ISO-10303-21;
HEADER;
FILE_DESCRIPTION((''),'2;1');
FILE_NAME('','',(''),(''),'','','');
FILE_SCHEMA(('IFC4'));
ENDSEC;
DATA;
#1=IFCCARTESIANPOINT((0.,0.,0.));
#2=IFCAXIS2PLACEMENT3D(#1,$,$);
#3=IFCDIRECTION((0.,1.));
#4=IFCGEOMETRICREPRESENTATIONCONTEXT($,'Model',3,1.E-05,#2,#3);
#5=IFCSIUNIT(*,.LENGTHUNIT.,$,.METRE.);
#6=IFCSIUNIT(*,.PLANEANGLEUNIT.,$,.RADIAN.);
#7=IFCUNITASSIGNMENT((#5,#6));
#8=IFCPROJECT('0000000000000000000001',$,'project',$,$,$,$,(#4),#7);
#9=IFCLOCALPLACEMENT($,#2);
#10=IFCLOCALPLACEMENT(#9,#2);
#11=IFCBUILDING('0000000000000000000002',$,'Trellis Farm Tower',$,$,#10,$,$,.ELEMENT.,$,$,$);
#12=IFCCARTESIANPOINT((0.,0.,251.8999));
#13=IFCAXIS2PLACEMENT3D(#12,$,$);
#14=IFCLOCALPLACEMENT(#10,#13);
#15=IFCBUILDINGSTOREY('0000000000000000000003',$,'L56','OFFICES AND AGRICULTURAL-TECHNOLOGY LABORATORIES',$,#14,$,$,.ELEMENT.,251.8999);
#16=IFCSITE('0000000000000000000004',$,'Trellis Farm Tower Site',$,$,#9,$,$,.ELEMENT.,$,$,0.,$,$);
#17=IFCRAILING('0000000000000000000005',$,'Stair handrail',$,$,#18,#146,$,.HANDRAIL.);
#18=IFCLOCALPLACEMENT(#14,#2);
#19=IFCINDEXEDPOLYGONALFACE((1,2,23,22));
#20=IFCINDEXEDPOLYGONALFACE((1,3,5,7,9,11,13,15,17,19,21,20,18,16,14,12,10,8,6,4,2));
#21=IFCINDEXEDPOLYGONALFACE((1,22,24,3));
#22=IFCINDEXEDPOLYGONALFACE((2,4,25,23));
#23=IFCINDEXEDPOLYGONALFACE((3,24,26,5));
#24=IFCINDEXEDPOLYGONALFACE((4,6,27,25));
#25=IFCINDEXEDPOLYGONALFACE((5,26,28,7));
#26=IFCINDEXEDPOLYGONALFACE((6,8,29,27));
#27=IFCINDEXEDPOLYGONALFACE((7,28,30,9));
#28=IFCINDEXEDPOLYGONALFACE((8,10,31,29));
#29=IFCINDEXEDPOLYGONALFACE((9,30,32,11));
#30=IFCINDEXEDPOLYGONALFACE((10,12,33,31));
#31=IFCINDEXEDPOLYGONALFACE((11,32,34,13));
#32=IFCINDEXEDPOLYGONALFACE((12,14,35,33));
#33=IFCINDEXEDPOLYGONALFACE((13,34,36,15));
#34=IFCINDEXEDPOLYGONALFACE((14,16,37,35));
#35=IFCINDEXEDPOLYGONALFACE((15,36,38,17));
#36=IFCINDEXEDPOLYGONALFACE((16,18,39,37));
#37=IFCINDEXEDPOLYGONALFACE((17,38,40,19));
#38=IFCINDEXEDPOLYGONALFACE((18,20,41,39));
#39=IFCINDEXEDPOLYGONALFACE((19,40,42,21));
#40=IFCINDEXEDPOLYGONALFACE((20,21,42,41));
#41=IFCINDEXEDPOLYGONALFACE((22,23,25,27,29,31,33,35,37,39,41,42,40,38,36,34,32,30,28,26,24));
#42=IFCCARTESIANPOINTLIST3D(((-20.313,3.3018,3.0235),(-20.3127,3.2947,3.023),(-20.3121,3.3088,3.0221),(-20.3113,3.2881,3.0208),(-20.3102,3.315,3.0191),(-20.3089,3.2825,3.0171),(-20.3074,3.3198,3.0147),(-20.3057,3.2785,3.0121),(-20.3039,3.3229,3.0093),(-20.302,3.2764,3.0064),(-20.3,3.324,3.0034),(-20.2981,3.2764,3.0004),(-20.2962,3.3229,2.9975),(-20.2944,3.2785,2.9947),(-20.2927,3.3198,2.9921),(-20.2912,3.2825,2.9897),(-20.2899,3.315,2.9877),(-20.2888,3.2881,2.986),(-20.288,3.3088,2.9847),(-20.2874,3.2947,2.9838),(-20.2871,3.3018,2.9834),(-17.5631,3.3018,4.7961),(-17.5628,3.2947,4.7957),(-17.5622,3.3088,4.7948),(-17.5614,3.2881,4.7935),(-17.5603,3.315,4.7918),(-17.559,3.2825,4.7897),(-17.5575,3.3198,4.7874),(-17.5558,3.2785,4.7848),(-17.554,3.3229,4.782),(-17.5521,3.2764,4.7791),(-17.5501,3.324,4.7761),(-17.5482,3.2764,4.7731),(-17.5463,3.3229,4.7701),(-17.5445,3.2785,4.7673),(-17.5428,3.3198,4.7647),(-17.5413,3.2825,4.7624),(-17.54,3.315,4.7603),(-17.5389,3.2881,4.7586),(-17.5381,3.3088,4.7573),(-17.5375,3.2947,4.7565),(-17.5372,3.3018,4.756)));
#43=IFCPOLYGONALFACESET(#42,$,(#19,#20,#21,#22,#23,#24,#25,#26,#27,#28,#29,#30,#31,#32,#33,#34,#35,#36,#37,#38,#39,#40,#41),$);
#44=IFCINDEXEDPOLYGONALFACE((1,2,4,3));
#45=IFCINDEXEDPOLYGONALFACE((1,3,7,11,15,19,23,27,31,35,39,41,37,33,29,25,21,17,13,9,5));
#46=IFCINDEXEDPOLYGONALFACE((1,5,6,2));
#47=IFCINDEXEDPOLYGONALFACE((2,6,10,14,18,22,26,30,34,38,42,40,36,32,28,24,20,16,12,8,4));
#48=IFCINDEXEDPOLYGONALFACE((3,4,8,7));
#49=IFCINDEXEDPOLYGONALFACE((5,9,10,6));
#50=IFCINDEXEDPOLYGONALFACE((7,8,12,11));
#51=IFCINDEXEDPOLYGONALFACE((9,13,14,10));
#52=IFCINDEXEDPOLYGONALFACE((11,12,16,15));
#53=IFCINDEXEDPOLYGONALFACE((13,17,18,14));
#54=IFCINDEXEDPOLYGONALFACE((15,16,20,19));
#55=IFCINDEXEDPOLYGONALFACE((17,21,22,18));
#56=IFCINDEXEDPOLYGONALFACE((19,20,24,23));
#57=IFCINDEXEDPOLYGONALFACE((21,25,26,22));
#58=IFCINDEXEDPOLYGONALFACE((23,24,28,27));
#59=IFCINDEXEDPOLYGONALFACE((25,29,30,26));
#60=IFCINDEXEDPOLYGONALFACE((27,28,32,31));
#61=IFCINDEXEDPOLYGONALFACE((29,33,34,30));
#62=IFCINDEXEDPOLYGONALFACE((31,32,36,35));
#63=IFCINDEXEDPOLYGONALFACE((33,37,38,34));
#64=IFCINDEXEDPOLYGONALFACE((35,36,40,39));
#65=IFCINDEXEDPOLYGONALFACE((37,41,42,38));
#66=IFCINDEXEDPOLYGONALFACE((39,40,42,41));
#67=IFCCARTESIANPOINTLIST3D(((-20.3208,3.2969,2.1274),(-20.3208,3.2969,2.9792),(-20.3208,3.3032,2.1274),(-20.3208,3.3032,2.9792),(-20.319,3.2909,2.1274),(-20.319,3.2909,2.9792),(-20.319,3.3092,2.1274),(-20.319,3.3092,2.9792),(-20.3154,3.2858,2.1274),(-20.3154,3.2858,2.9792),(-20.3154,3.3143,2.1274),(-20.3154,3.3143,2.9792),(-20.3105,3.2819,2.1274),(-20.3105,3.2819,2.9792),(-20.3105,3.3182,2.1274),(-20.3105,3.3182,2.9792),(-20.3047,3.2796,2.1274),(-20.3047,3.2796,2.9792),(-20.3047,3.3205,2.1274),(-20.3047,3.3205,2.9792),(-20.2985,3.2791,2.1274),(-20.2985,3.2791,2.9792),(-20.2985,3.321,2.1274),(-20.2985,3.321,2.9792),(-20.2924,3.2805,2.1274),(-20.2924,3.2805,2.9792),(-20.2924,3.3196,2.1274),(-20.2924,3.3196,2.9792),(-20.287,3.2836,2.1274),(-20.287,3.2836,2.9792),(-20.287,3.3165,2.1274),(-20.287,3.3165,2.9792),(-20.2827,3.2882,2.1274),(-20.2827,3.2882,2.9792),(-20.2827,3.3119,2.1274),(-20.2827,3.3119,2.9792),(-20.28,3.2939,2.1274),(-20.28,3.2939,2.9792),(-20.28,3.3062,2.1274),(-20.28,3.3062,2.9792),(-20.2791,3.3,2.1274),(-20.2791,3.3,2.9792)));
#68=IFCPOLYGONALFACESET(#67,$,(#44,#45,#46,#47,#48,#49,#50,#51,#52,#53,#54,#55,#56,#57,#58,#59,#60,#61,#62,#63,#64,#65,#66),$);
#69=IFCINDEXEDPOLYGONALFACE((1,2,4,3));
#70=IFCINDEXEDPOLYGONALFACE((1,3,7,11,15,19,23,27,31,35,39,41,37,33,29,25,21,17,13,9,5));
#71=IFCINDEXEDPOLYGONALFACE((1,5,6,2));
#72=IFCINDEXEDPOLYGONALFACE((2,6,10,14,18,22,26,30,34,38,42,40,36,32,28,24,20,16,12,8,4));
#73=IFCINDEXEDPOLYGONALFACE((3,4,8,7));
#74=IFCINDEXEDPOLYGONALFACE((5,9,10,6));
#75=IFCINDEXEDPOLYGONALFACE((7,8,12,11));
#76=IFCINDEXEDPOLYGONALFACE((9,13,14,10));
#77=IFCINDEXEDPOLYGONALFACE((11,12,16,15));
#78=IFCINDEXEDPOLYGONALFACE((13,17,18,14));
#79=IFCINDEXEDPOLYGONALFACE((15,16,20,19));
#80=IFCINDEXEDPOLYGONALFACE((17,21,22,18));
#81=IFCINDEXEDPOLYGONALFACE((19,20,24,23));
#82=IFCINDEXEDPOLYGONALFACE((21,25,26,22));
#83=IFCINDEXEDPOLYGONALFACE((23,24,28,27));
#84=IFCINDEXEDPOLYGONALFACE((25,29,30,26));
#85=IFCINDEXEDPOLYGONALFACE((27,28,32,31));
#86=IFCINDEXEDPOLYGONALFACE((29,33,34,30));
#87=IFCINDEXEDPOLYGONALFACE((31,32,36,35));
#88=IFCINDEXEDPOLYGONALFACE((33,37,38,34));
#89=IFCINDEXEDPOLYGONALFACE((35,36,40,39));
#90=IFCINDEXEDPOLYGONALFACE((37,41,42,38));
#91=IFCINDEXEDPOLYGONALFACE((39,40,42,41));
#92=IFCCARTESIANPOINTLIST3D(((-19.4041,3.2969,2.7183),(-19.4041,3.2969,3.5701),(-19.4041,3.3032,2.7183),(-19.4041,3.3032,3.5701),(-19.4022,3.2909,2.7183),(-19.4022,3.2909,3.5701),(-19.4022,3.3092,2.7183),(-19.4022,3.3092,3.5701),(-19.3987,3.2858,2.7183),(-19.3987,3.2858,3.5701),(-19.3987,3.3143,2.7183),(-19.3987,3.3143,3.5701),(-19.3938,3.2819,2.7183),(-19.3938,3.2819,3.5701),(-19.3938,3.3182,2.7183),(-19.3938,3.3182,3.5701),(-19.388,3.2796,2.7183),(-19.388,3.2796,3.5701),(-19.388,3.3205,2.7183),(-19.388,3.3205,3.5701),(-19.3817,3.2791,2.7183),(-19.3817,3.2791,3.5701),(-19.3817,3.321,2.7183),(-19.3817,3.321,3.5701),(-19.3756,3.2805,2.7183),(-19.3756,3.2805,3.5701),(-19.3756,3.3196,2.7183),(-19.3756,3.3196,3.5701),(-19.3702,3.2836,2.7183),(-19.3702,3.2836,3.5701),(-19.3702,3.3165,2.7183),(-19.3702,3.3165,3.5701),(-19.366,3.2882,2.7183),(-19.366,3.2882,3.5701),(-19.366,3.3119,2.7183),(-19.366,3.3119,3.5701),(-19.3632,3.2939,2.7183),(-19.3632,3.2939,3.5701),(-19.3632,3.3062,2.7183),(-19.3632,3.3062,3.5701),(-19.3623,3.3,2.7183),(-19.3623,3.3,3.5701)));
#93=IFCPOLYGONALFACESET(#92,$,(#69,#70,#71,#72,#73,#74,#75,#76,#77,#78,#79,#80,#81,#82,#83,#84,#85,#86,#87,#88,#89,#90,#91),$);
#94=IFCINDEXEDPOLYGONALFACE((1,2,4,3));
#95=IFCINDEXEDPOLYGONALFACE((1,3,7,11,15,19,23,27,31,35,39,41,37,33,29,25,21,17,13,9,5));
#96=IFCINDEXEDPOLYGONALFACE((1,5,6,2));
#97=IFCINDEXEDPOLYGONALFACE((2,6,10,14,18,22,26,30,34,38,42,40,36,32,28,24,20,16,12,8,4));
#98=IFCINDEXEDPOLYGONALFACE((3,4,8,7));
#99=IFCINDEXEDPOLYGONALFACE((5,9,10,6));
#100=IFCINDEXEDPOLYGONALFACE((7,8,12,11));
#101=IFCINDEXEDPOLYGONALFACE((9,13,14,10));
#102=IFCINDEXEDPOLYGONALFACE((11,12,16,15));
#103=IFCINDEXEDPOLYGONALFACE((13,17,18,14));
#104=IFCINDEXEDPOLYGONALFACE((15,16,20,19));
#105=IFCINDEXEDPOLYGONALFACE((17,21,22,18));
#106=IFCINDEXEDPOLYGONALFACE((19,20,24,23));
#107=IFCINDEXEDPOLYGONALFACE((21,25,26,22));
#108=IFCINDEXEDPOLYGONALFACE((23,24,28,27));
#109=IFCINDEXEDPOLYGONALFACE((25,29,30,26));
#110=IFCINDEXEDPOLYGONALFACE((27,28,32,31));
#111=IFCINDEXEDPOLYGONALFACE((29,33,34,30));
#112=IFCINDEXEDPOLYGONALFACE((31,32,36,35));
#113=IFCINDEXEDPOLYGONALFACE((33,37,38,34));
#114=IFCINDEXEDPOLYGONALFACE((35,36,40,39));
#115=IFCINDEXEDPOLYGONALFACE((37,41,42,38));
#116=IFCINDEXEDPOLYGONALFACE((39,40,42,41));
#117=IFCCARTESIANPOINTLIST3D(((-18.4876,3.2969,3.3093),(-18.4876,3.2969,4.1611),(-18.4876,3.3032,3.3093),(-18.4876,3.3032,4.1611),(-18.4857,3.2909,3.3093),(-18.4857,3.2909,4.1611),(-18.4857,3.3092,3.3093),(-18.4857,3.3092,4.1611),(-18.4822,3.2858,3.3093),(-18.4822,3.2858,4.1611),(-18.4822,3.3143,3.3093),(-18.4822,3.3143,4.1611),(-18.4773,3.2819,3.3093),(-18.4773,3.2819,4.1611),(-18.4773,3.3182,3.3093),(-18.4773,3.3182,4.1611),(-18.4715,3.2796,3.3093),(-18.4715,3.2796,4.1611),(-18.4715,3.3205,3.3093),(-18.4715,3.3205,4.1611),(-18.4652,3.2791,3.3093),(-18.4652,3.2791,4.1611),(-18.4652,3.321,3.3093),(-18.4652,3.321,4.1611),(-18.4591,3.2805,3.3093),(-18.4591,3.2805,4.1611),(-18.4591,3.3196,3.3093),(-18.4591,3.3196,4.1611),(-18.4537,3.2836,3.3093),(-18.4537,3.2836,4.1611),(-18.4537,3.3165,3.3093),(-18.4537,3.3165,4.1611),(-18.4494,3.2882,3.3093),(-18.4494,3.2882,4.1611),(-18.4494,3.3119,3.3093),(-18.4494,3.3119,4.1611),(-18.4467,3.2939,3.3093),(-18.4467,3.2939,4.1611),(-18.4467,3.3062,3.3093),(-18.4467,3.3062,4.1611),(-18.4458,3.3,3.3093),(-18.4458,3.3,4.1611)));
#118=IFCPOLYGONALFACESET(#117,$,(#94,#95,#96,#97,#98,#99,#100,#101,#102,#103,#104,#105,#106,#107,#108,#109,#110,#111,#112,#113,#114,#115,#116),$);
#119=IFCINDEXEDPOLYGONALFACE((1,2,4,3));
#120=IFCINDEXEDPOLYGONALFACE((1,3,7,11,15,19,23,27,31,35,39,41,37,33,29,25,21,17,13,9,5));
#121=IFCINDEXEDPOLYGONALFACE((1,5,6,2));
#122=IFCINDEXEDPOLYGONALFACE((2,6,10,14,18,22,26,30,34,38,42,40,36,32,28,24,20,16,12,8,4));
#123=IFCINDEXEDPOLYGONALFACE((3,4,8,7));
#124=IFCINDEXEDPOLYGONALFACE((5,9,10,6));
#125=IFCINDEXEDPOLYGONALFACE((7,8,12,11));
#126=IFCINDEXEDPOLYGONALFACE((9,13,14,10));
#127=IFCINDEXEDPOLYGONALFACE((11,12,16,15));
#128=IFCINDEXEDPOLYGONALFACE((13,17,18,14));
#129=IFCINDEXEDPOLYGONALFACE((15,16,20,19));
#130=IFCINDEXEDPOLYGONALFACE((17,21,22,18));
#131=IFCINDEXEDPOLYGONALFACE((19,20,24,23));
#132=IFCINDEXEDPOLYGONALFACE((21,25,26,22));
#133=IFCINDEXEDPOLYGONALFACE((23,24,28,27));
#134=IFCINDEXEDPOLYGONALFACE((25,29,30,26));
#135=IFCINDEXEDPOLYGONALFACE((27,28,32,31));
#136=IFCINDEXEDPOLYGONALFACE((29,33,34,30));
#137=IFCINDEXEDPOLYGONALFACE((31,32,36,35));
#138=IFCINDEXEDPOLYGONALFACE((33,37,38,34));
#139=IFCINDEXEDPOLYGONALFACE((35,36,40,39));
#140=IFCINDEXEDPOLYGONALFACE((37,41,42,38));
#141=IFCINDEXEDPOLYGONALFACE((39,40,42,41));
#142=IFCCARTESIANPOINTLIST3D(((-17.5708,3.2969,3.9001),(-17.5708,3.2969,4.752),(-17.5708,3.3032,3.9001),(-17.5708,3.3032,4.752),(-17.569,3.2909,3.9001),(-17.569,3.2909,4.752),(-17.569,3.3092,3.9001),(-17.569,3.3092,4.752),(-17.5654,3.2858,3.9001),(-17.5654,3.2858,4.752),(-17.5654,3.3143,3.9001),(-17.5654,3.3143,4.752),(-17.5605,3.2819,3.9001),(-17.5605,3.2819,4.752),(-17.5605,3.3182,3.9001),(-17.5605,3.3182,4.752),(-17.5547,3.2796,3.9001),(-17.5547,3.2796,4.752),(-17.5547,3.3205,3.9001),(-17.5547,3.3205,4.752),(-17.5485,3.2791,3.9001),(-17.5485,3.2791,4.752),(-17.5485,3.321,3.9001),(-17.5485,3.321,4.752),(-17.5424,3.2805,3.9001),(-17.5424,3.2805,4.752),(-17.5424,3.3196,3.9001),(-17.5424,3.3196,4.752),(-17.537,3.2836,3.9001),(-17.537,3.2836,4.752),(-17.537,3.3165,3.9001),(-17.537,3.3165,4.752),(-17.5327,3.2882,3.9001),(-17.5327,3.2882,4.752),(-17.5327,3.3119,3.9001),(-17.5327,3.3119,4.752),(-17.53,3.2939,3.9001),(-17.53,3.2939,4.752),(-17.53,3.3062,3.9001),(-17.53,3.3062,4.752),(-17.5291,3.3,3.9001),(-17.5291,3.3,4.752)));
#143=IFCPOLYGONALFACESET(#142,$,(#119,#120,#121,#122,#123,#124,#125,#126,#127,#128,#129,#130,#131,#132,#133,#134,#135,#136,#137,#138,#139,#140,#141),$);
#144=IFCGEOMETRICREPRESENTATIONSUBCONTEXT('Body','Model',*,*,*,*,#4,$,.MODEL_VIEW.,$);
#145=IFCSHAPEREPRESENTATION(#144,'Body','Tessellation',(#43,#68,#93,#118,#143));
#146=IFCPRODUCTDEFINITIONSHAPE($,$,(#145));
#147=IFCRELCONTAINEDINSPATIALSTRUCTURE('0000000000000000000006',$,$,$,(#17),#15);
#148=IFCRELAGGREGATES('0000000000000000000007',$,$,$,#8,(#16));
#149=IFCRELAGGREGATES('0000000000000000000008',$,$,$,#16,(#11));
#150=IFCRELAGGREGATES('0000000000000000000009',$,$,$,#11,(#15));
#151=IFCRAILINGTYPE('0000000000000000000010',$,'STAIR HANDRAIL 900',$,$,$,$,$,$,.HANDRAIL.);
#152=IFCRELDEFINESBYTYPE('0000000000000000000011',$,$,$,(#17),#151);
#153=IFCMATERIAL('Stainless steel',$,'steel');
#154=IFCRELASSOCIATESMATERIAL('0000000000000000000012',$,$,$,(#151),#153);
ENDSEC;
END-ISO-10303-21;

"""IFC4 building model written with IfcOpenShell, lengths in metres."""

from ifc_helpers import new_model, si_unit, direction, frame, origin, origin_2d, place, context, subcontext, project, spatial, circle, extrude, source, transform, mapped, material, type_object, element, save


model = new_model("IFC4")

# Units and contexts
model_context = context("Model", 3, precision=1e-05, world=origin(), true_north=direction((0.0, 1.0)))
body_context = subcontext(model_context, "Body", "Model", "MODEL_VIEW")
ifc_project = project(units=[si_unit("LENGTHUNIT", "METRE"), si_unit("PLANEANGLEUNIT", "RADIAN")], contexts=[model_context])

# Site, building, storey
site_placement = place(None, origin())
site = spatial("IfcSite", under=ifc_project, at=site_placement, Name="Trellis Farm Tower Site", CompositionType="ELEMENT", RefElevation=0.0)
building_placement = place(site_placement, origin())
building = spatial("IfcBuilding", under=site, at=building_placement, Name="Trellis Farm Tower", CompositionType="ELEMENT")
storey_placement = place(building_placement, frame((0.0, 0.0, 251.8999)))
storey = spatial("IfcBuildingStorey", under=building, at=storey_placement, Name="L56", Description="OFFICES AND AGRICULTURAL-TECHNOLOGY LABORATORIES", CompositionType="ELEMENT", Elevation=251.8999)

# Railing
ifc_material_1 = material(Name="Stainless steel", Category="steel")
railing_type = type_object("IfcRailingType", Name="STAIR HANDRAIL 900", PredefinedType="HANDRAIL", material=ifc_material_1)
shared_shape_1 = source(origin(), body_context, "Body", "SweptSolid", [
    extrude(circle(Radius=0.0239, at=origin_2d()), frame((0.0, 0.0, 0.876), z_axis=(0.840504, 0.0, 0.541806), x_axis=(0.0, 1.0, 0.0)), (0.0, 0.0, 1.0), 3.2717),
    extrude(circle(Radius=0.021, at=origin_2d()), origin(), (0.0, 0.0, 1.0), 0.8518),
    extrude(circle(Radius=0.021, at=origin_2d()), frame((0.9167, 0.0, 0.5908)), (0.0, 0.0, 1.0), 0.8518),
    extrude(circle(Radius=0.021, at=origin_2d()), frame((1.8333, 0.0, 1.1819)), (0.0, 0.0, 1.0), 0.8518),
    extrude(circle(Radius=0.021, at=origin_2d()), frame((2.75, 0.0, 1.7727)), (0.0, 0.0, 1.0), 0.8518),
])
for number, where, name in (
    (1, (-20.3, 3.3, 2.1274), "Stair handrail"),
):
    element("IfcRailing", number, at=place(storey_placement, frame(where)), inside=storey, type_object=railing_type, Name=name, PredefinedType="HANDRAIL", context=body_context, shape_type="MappedRepresentation", body=[
        mapped(shared_shape_1, transform((0.0, 0.0, 0.0))),
    ])

save(model, "model.ifc")
